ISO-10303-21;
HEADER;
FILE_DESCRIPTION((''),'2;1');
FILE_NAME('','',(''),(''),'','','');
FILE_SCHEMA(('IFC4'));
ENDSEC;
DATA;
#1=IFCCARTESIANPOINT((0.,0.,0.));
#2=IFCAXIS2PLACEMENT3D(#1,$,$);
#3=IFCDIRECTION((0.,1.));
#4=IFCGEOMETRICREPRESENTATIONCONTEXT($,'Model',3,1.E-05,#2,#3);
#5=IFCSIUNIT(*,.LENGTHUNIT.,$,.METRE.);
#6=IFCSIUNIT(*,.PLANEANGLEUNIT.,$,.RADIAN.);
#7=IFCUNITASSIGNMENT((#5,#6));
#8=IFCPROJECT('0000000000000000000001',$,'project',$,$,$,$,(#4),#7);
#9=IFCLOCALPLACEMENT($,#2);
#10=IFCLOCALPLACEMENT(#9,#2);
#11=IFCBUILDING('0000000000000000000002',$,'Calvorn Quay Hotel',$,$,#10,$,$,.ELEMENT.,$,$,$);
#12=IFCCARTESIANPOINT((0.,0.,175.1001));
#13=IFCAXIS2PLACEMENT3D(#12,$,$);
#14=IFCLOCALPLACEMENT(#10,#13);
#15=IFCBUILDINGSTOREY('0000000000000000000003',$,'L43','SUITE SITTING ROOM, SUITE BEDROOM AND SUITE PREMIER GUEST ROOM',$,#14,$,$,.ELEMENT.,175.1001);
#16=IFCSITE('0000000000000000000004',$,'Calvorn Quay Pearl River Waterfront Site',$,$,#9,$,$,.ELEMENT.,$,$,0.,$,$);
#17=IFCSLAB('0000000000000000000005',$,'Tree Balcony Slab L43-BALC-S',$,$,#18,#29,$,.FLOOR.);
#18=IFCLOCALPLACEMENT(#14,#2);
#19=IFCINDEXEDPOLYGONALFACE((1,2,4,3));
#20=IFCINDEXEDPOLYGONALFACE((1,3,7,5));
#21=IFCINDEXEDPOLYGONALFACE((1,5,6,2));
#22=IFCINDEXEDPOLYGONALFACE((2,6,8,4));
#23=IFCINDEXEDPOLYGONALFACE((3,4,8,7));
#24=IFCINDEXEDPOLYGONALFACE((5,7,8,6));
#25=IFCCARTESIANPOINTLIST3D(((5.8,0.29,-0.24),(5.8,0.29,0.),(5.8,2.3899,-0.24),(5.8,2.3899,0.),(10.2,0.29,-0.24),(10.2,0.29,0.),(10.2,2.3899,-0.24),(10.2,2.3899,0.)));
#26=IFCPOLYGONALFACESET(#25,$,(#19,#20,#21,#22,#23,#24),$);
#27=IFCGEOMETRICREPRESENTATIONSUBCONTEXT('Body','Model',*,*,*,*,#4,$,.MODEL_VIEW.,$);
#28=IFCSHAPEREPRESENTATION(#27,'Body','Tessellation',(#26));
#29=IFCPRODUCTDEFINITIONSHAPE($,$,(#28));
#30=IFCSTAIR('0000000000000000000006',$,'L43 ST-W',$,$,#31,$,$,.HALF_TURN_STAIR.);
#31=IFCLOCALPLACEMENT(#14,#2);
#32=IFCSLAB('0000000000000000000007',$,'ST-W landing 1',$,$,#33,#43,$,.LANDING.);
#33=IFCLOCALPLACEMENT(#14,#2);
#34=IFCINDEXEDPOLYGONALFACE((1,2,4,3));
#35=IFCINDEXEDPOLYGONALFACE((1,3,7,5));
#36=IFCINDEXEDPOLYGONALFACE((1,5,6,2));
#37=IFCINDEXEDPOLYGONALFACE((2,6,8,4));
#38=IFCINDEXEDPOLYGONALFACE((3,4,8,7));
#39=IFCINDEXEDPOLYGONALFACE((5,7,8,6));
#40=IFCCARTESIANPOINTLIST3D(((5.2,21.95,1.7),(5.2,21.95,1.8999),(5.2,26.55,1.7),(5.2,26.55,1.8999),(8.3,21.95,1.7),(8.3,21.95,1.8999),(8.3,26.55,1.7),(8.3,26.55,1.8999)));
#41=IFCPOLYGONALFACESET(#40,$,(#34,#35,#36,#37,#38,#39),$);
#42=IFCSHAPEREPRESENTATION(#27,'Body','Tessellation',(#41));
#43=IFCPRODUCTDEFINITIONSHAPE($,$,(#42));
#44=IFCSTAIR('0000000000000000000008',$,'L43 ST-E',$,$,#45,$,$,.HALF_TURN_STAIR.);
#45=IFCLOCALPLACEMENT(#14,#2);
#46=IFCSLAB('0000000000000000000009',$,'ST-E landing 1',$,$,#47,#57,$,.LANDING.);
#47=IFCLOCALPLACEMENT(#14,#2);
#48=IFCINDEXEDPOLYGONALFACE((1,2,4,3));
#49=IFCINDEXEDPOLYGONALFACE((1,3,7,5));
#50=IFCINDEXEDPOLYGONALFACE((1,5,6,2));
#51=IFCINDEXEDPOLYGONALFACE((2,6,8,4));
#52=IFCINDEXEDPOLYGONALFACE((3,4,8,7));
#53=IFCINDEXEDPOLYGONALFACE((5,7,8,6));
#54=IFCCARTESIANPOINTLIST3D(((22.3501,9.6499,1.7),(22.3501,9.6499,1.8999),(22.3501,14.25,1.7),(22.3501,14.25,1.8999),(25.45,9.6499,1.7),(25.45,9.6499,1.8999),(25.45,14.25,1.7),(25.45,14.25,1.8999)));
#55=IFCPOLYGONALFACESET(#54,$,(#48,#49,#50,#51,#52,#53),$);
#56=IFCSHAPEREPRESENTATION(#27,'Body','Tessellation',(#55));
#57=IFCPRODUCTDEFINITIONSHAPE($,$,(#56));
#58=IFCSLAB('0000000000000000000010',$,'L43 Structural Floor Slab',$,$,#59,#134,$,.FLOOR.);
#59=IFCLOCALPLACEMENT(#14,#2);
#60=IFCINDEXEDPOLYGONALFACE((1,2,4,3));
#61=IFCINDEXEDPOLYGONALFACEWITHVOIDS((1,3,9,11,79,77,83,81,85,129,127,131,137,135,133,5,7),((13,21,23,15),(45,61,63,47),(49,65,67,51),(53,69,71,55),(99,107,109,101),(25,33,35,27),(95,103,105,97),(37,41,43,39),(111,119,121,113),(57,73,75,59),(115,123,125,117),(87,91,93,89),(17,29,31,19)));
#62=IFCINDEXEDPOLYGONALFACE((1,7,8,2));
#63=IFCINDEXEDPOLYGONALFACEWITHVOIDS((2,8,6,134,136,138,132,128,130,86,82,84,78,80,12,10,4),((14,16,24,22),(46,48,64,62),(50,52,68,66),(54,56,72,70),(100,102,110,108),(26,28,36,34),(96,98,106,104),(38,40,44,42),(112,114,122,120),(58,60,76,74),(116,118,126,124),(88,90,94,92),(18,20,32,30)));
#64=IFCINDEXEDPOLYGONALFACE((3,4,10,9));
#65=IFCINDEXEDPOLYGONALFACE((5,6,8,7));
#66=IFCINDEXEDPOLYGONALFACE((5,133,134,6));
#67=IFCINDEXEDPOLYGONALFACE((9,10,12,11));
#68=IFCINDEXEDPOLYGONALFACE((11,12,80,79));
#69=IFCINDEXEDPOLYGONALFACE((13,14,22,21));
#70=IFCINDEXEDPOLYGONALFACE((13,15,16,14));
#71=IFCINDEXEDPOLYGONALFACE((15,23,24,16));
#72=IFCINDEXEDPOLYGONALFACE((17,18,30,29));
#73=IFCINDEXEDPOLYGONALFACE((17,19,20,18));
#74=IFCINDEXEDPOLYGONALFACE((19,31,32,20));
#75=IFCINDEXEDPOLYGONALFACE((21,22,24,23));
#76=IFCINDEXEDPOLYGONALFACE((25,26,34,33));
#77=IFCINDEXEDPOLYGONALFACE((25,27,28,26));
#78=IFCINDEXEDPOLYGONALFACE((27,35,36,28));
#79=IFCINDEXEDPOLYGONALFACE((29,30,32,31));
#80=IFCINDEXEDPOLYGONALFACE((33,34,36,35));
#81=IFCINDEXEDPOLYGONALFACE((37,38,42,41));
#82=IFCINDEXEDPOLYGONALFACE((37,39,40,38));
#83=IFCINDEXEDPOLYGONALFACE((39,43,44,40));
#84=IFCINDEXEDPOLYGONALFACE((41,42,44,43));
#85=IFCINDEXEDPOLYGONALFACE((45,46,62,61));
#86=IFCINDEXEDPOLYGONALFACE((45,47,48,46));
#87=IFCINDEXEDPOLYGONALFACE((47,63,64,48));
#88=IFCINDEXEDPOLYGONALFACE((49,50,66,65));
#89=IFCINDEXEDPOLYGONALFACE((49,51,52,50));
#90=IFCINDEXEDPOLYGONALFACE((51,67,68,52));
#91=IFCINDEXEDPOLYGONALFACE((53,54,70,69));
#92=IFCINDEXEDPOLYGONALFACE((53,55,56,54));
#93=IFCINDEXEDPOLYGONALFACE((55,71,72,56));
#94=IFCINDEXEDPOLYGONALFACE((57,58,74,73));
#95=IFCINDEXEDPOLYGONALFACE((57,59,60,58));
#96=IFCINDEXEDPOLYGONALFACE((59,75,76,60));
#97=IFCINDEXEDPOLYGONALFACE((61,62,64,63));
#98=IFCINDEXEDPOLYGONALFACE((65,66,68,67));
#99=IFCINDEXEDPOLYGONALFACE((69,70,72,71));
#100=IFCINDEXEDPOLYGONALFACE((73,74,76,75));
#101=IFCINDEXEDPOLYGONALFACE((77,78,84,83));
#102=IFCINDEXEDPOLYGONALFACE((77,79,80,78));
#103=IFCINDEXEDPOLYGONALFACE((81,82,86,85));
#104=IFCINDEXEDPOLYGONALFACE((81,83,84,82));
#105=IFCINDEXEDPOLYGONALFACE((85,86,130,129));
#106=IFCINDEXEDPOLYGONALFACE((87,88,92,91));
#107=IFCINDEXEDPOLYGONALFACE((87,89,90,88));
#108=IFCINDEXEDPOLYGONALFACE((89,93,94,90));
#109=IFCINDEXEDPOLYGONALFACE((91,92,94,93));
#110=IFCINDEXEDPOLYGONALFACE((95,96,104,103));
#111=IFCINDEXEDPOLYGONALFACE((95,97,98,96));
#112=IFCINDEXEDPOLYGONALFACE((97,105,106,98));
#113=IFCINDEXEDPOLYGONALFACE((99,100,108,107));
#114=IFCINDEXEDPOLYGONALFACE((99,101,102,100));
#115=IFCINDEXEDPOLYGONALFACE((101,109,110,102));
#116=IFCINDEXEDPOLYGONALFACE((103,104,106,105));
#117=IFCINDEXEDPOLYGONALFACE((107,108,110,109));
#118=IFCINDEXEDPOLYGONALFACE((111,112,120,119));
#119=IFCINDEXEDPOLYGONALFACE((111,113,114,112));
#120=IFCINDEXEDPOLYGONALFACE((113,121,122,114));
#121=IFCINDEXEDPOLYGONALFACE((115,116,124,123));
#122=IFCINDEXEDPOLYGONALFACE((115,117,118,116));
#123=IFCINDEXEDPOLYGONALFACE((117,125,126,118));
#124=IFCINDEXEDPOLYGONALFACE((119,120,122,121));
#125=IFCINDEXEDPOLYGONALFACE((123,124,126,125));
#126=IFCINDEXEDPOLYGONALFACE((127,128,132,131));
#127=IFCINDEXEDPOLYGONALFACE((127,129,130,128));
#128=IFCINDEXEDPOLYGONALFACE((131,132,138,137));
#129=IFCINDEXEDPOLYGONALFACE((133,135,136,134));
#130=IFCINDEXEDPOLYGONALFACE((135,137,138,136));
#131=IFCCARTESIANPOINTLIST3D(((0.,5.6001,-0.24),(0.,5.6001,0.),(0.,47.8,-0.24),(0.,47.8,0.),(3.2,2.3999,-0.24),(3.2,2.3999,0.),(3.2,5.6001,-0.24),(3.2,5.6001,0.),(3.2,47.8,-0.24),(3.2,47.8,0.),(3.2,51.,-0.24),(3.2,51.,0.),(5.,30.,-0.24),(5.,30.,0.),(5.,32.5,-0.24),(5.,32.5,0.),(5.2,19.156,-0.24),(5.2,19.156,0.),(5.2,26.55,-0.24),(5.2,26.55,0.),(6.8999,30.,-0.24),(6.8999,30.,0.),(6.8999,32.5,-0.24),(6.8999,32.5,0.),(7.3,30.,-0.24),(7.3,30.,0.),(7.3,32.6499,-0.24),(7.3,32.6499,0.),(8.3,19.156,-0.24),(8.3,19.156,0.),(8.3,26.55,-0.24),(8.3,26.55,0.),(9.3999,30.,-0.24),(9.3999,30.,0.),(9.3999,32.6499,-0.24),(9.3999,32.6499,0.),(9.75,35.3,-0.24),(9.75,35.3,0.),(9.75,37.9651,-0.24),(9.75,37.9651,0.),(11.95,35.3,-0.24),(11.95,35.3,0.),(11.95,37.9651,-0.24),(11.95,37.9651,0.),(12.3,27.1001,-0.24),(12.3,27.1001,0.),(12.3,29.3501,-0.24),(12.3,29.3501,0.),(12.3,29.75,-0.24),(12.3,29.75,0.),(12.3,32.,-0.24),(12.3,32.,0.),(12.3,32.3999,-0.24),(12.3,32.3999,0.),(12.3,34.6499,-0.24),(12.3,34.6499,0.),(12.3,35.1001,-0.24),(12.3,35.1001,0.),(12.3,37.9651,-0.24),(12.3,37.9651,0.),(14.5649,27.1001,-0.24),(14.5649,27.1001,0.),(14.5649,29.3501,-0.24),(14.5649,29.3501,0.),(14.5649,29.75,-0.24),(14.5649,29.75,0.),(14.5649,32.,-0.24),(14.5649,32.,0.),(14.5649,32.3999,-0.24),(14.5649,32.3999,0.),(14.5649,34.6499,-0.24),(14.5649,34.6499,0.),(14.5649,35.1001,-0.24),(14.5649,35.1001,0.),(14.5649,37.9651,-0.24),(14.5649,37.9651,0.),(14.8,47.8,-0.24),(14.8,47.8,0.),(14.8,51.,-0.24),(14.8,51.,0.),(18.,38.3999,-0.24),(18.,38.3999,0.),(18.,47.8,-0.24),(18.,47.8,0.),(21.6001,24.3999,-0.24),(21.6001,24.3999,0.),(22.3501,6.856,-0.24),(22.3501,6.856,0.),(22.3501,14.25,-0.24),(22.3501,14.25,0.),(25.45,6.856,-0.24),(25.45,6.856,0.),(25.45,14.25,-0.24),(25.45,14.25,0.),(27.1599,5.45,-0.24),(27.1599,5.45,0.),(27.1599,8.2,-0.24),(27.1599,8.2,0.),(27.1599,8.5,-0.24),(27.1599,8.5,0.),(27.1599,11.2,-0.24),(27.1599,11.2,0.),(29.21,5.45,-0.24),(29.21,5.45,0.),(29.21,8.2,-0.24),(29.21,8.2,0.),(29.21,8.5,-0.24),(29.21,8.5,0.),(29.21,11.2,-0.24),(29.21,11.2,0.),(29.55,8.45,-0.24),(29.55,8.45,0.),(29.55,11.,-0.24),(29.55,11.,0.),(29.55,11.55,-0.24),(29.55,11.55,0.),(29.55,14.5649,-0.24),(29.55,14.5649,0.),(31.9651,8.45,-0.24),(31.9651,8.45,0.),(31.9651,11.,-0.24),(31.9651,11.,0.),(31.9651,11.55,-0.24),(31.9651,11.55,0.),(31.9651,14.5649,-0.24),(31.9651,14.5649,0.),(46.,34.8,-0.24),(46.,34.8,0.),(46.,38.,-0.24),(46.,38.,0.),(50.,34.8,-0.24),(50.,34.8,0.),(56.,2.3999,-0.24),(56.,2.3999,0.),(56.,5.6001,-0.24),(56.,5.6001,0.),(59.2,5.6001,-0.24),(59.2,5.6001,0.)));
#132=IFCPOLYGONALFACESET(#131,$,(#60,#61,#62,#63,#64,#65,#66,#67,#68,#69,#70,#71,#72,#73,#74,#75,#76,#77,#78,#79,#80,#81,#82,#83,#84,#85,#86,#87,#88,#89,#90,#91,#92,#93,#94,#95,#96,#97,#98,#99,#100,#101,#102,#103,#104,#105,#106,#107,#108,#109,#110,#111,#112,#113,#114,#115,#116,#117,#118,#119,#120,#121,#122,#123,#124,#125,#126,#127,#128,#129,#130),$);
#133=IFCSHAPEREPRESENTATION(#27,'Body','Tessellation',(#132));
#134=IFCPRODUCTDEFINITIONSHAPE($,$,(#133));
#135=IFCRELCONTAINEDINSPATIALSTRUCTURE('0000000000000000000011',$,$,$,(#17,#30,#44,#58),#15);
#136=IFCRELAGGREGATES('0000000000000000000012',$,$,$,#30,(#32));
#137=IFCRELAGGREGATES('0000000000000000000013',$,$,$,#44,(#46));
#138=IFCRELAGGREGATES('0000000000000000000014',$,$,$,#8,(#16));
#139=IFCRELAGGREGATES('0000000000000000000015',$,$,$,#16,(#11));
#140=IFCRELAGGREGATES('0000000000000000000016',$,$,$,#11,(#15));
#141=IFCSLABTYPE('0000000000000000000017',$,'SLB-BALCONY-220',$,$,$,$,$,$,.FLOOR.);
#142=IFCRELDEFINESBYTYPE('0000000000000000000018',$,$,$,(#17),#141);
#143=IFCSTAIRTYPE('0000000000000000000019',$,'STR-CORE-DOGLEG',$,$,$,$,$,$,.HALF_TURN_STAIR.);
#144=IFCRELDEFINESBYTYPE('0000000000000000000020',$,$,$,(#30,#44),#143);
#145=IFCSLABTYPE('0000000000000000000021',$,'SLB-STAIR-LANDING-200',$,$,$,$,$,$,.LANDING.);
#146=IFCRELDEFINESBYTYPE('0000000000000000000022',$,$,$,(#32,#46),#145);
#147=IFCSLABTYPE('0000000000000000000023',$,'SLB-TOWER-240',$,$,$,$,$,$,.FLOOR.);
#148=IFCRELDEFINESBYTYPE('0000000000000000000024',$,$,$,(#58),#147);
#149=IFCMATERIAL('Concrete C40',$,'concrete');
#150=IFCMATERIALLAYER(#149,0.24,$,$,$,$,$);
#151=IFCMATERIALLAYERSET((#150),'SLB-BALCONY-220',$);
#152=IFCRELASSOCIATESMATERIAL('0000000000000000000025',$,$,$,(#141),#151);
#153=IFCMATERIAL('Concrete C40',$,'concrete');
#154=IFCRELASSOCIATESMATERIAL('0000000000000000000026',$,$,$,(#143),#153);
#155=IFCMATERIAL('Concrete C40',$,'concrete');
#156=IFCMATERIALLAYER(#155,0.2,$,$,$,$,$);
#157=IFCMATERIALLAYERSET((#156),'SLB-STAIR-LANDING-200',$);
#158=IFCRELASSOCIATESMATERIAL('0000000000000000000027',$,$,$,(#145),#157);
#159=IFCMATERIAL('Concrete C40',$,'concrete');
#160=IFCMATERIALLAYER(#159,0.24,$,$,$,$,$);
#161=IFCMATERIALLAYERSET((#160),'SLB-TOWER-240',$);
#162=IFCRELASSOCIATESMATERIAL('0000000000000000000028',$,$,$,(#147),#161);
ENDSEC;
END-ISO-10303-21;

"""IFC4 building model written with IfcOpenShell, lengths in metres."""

from ifc_helpers import new_model, si_unit, direction, frame, origin, place, context, subcontext, project, spatial, polyline, outline, extrude, material, layer, layer_set, type_object, element, aggregate, save


model = new_model("IFC4")

# Units and contexts
model_context = context("Model", 3, precision=1e-05, world=origin(), true_north=direction((0.0, 1.0)))
body_context = subcontext(model_context, "Body", "Model", "MODEL_VIEW")
ifc_project = project(units=[si_unit("LENGTHUNIT", "METRE"), si_unit("PLANEANGLEUNIT", "RADIAN")], contexts=[model_context])

# Site, building, storey
site_placement = place(None, origin())
site = spatial("IfcSite", under=ifc_project, at=site_placement, Name="Calvorn Quay Pearl River Waterfront Site", CompositionType="ELEMENT", RefElevation=0.0)
building_placement = place(site_placement, origin())
building = spatial("IfcBuilding", under=site, at=building_placement, Name="Calvorn Quay Hotel", CompositionType="ELEMENT")
storey_placement = place(building_placement, frame((0.0, 0.0, 175.1001)))
storey = spatial("IfcBuildingStorey", under=building, at=storey_placement, Name="L43", Description="SUITE SITTING ROOM, SUITE BEDROOM AND SUITE PREMIER GUEST ROOM", CompositionType="ELEMENT", Elevation=175.1001)

# Slab
ifc_material_1 = material(Name="Concrete C40", Category="concrete")
ifc_layer_1 = layer(ifc_material_1, 0.24)
ifc_layer_set_1 = layer_set([ifc_layer_1], Name="SLB-BALCONY-220")
slab_type_1 = type_object("IfcSlabType", Name="SLB-BALCONY-220", PredefinedType="FLOOR", material=ifc_layer_set_1)
slab_1_placement = place(storey_placement, frame((0.0, 0.0, -0.24)))
element("IfcSlab", 1, at=slab_1_placement, inside=storey, type_object=slab_type_1, Name="Tree Balcony Slab L43-BALC-S", PredefinedType="FLOOR", context=body_context, shape_type="SweptSolid", body=[
    extrude(outline(polyline([(5.8, 0.29), (10.2, 0.29), (10.2, 2.3899), (5.8, 2.3899), (5.8, 0.29)])), origin(), (0.0, 0.0, 1.0), 0.24),
])

# Stairs, slabs
ifc_material_2 = material(Name="Concrete C40", Category="concrete")
stair_type = type_object("IfcStairType", Name="STR-CORE-DOGLEG", PredefinedType="HALF_TURN_STAIR", material=ifc_material_2)
stair_1_placement = place(storey_placement, origin())
stair_1 = element("IfcStair", 2, at=stair_1_placement, inside=storey, type_object=stair_type, Name="L43 ST-W", PredefinedType="HALF_TURN_STAIR")
ifc_material_3 = material(Name="Concrete C40", Category="concrete")
ifc_layer_2 = layer(ifc_material_3, 0.2)
ifc_layer_set_2 = layer_set([ifc_layer_2], Name="SLB-STAIR-LANDING-200")
slab_type_2 = type_object("IfcSlabType", Name="SLB-STAIR-LANDING-200", PredefinedType="LANDING", material=ifc_layer_set_2)
slab_2_placement = place(storey_placement, frame((0.0, 0.0, 1.7)))
slab_2 = element("IfcSlab", 3, at=slab_2_placement, type_object=slab_type_2, Name="ST-W landing 1", PredefinedType="LANDING", context=body_context, shape_type="SweptSolid", body=[
    extrude(outline(polyline([(8.3, 21.95), (8.3, 26.55), (5.2, 26.55), (5.2, 21.95), (8.3, 21.95)])), origin(), (0.0, 0.0, 1.0), 0.2),
])
aggregate(stair_1, [slab_2])
stair_2_placement = place(storey_placement, origin())
stair_2 = element("IfcStair", 4, at=stair_2_placement, inside=storey, type_object=stair_type, Name="L43 ST-E", PredefinedType="HALF_TURN_STAIR")
slab_3_placement = place(storey_placement, frame((0.0, 0.0, 1.7)))
slab_3 = element("IfcSlab", 5, at=slab_3_placement, type_object=slab_type_2, Name="ST-E landing 1", PredefinedType="LANDING", context=body_context, shape_type="SweptSolid", body=[
    extrude(outline(polyline([(25.45, 9.6499), (25.45, 14.25), (22.3501, 14.25), (22.3501, 9.6499), (25.45, 9.6499)])), origin(), (0.0, 0.0, 1.0), 0.2),
])
aggregate(stair_2, [slab_3])

# Slab
ifc_material_4 = material(Name="Concrete C40", Category="concrete")
ifc_layer_3 = layer(ifc_material_4, 0.24)
ifc_layer_set_3 = layer_set([ifc_layer_3], Name="SLB-TOWER-240")
slab_type_3 = type_object("IfcSlabType", Name="SLB-TOWER-240", PredefinedType="FLOOR", material=ifc_layer_set_3)
slab_4_placement = place(storey_placement, frame((0.0, 0.0, -0.24)))
element("IfcSlab", 6, at=slab_4_placement, inside=storey, type_object=slab_type_3, Name="L43 Structural Floor Slab", PredefinedType="FLOOR", context=body_context, shape_type="SweptSolid", body=[
    extrude(outline(polyline([(0.0, 5.6001), (3.2, 5.6001), (3.2, 2.3999), (56.0, 2.3999), (56.0, 5.6001), (59.2, 5.6001), (50.0, 34.8), (46.0, 34.8), (46.0, 38.0), (21.6001, 24.3999), (18.0, 38.3999), (18.0, 47.8), (14.8, 47.8), (14.8, 51.0), (3.2, 51.0), (3.2, 47.8), (0.0, 47.8), (0.0, 5.6001)]), holes=[polyline([(5.2, 19.156), (8.3, 19.156), (8.3, 26.55), (5.2, 26.55), (5.2, 19.156)]), polyline([(22.3501, 6.856), (25.45, 6.856), (25.45, 14.25), (22.3501, 14.25), (22.3501, 6.856)]), polyline([(5.0, 30.0), (6.8999, 30.0), (6.8999, 32.5), (5.0, 32.5), (5.0, 30.0)]), polyline([(7.3, 30.0), (9.3999, 30.0), (9.3999, 32.6499), (7.3, 32.6499), (7.3, 30.0)]), polyline([(27.1599, 8.5), (29.21, 8.5), (29.21, 11.2), (27.1599, 11.2), (27.1599, 8.5)]), polyline([(27.1599, 5.45), (29.21, 5.45), (29.21, 8.2), (27.1599, 8.2), (27.1599, 5.45)]), polyline([(12.3, 27.1001), (14.5649, 27.1001), (14.5649, 29.3501), (12.3, 29.3501), (12.3, 27.1001)]), polyline([(12.3, 29.75), (14.5649, 29.75), (14.5649, 32.0), (12.3, 32.0), (12.3, 29.75)]), polyline([(12.3, 32.3999), (14.5649, 32.3999), (14.5649, 34.6499), (12.3, 34.6499), (12.3, 32.3999)]), polyline([(12.3, 35.1001), (14.5649, 35.1001), (14.5649, 37.9651), (12.3, 37.9651), (12.3, 35.1001)]), polyline([(9.75, 35.3), (11.95, 35.3), (11.95, 37.9651), (9.75, 37.9651), (9.75, 35.3)]), polyline([(29.55, 11.55), (31.9651, 11.55), (31.9651, 14.5649), (29.55, 14.5649), (29.55, 11.55)]), polyline([(29.55, 8.45), (31.9651, 8.45), (31.9651, 11.0), (29.55, 11.0), (29.55, 8.45)])]), origin(), (0.0, 0.0, 1.0), 0.24),
])

save(model, "model.ifc")
